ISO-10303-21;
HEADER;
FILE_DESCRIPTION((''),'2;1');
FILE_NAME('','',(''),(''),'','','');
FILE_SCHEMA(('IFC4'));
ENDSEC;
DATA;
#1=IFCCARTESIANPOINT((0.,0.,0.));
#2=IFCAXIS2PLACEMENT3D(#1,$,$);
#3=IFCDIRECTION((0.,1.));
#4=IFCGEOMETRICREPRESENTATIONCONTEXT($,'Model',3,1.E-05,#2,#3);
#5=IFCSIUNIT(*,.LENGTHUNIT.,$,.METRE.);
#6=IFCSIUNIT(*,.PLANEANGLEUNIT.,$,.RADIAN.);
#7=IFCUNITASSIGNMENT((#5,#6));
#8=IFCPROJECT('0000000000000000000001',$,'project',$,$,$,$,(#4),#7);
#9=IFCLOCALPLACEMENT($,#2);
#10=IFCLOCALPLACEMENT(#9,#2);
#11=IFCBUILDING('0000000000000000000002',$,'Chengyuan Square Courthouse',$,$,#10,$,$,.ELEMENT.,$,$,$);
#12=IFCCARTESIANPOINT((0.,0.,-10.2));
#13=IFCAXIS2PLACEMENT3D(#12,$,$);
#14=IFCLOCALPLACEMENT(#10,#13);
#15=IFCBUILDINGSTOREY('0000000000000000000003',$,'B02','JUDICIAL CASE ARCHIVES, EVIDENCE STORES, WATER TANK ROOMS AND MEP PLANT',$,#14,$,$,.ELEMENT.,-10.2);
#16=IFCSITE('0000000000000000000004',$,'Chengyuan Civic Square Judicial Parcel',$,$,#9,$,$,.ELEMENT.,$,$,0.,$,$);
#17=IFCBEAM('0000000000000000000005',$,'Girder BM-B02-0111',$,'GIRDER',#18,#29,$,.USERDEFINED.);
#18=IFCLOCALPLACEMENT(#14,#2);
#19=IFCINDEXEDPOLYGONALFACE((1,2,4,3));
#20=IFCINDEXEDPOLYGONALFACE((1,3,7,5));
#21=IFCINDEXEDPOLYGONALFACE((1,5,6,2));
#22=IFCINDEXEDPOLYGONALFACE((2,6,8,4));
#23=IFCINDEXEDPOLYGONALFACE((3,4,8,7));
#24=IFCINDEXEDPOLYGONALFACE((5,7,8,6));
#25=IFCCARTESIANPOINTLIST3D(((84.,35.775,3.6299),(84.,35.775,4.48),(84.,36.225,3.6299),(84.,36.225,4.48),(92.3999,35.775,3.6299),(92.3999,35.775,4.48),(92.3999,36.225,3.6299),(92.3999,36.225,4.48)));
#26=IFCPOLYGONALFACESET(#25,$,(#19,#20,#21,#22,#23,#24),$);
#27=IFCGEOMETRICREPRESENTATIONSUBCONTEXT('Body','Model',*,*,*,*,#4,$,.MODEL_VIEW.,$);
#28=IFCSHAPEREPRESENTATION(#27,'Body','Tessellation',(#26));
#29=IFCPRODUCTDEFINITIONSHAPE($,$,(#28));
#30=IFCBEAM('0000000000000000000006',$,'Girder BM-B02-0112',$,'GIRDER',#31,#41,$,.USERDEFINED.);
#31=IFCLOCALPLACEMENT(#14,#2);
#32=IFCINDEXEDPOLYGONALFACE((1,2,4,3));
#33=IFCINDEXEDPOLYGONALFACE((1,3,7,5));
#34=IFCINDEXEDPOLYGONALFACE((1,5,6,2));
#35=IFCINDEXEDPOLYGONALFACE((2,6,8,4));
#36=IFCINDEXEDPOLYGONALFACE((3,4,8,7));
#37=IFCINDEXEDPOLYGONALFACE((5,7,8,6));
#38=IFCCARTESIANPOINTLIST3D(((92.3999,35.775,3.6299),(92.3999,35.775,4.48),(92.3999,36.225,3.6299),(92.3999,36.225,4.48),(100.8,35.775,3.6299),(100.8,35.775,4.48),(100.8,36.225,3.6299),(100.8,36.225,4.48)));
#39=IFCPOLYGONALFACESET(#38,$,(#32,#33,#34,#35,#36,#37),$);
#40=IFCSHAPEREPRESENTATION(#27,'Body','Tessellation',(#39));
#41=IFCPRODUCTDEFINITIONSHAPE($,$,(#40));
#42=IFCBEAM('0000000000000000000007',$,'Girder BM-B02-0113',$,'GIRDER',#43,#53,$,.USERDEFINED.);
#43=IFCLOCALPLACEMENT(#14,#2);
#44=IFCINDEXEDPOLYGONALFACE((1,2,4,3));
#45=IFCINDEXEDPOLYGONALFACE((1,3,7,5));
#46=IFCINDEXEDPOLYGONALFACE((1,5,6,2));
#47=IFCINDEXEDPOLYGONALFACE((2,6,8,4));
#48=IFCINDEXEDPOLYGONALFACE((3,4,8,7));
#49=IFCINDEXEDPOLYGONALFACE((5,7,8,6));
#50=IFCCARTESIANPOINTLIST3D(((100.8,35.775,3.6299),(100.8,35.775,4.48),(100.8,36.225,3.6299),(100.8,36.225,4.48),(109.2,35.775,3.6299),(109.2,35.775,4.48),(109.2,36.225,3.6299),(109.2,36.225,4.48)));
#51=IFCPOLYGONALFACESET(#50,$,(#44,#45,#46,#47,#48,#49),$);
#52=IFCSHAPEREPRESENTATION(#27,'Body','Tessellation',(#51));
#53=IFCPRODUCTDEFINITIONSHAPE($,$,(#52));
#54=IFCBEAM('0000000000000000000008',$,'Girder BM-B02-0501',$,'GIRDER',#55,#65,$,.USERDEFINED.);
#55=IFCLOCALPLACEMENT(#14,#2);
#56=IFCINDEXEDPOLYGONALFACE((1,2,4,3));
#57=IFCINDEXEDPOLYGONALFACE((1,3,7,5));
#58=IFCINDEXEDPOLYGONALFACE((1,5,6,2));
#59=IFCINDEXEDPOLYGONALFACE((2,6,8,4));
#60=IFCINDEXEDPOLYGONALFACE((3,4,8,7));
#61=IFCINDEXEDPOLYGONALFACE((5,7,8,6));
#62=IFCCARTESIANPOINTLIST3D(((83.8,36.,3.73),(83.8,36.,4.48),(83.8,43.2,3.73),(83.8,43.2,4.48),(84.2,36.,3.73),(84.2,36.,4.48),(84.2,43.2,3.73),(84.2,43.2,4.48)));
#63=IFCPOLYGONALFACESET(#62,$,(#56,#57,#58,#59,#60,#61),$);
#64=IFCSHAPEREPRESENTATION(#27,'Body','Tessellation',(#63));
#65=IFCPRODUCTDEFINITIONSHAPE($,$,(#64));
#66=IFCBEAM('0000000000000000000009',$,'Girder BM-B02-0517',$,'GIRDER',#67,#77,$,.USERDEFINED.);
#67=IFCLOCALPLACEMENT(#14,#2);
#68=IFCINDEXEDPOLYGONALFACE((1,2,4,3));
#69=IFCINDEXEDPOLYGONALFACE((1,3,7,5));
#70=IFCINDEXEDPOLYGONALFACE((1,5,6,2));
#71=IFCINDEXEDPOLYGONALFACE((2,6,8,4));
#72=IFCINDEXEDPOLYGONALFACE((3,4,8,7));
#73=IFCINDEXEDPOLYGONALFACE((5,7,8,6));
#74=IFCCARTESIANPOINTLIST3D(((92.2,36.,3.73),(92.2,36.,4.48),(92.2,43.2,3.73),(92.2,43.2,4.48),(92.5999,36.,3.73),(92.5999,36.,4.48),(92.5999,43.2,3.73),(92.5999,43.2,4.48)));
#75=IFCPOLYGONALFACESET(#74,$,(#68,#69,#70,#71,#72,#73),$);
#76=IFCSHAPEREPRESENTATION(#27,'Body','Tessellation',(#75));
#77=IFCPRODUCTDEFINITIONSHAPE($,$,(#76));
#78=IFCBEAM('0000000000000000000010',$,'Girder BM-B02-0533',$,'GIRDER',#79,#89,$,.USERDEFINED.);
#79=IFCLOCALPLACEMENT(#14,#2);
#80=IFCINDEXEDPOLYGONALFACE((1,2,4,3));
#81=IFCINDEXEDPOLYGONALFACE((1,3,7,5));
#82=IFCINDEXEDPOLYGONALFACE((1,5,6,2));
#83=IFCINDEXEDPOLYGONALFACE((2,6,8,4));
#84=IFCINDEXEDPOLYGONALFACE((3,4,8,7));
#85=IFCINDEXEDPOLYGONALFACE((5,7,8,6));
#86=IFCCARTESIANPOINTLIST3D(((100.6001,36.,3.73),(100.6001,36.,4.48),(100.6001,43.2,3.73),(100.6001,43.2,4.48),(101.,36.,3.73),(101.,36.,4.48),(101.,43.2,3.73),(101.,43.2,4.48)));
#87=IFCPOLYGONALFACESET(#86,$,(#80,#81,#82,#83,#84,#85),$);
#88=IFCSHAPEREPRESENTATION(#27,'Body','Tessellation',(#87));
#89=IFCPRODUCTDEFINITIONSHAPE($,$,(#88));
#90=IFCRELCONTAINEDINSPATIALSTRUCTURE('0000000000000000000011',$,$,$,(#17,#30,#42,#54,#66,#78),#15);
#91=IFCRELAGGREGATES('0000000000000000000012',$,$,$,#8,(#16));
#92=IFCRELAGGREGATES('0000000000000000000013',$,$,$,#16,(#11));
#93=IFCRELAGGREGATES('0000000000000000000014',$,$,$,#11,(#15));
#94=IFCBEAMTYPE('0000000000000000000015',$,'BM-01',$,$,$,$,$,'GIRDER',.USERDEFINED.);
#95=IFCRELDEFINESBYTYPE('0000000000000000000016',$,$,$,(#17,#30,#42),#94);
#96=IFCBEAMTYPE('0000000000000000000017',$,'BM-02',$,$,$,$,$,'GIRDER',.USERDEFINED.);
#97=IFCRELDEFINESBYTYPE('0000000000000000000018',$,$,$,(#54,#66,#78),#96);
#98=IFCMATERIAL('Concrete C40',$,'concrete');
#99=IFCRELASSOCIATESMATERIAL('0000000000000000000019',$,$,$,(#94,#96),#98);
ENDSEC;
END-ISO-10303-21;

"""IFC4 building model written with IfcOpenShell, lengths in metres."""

from ifc_helpers import new_model, si_unit, direction, frame, origin, origin_2d, place, context, subcontext, project, spatial, rectangle, extrude, material, material_profile, profile_set, type_object, element, save


model = new_model("IFC4")

# Units and contexts
model_context = context("Model", 3, precision=1e-05, world=origin(), true_north=direction((0.0, 1.0)))
body_context = subcontext(model_context, "Body", "Model", "MODEL_VIEW")
ifc_project = project(units=[si_unit("LENGTHUNIT", "METRE"), si_unit("PLANEANGLEUNIT", "RADIAN")], contexts=[model_context])

# Site, building, storey
site_placement = place(None, origin())
site = spatial("IfcSite", under=ifc_project, at=site_placement, Name="Chengyuan Civic Square Judicial Parcel", CompositionType="ELEMENT", RefElevation=0.0)
building_placement = place(site_placement, origin())
building = spatial("IfcBuilding", under=site, at=building_placement, Name="Chengyuan Square Courthouse", CompositionType="ELEMENT")
storey_placement = place(building_placement, frame((0.0, 0.0, -10.2)))
storey = spatial("IfcBuildingStorey", under=building, at=storey_placement, Name="B02", Description="JUDICIAL CASE ARCHIVES, EVIDENCE STORES, WATER TANK ROOMS AND MEP PLANT", CompositionType="ELEMENT", Elevation=-10.2)

# Shared definitions
ifc_material_1 = material(Name="Concrete C40", Category="concrete")

# Beams
ifc_material_profile_1 = material_profile(ifc_material_1, rectangle(XDim=0.45, YDim=0.8501, at=origin_2d()), Name="RC-BM-450x850")
ifc_profile_set_1 = profile_set([ifc_material_profile_1], Name="Concrete C40")
beam_type_1 = type_object("IfcBeamType", Name="BM-01", ElementType="GIRDER", PredefinedType="USERDEFINED", material=ifc_profile_set_1)
beam_1_placement = place(storey_placement, frame((84.0, 36.0, 4.0549), z_axis=(1.0, 0.0, 0.0), x_axis=(0.0, 1.0, 0.0)))
element("IfcBeam", 1, at=beam_1_placement, inside=storey, type_object=beam_type_1, Name="Girder BM-B02-0111", ObjectType="GIRDER", PredefinedType="USERDEFINED", context=body_context, shape_type="SweptSolid", body=[
    extrude(rectangle(XDim=0.45, YDim=0.8501, at=origin_2d()), origin(), (0.0, 0.0, 1.0), 8.3999),
])
beam_2_placement = place(storey_placement, frame((92.3999, 36.0, 4.0549), z_axis=(1.0, 0.0, 0.0), x_axis=(0.0, 1.0, 0.0)))
element("IfcBeam", 2, at=beam_2_placement, inside=storey, type_object=beam_type_1, Name="Girder BM-B02-0112", ObjectType="GIRDER", PredefinedType="USERDEFINED", context=body_context, shape_type="SweptSolid", body=[
    extrude(rectangle(XDim=0.45, YDim=0.8501, at=origin_2d()), origin(), (0.0, 0.0, 1.0), 8.4001),
])
beam_3_placement = place(storey_placement, frame((100.8, 36.0, 4.0549), z_axis=(1.0, 0.0, 0.0), x_axis=(0.0, 1.0, 0.0)))
element("IfcBeam", 3, at=beam_3_placement, inside=storey, type_object=beam_type_1, Name="Girder BM-B02-0113", ObjectType="GIRDER", PredefinedType="USERDEFINED", context=body_context, shape_type="SweptSolid", body=[
    extrude(rectangle(XDim=0.45, YDim=0.8501, at=origin_2d()), origin(), (0.0, 0.0, 1.0), 8.3999),
])
ifc_material_profile_2 = material_profile(ifc_material_1, rectangle(XDim=0.3999, YDim=0.75, at=origin_2d()), Name="RC-BM-400x750")
ifc_profile_set_2 = profile_set([ifc_material_profile_2], Name="Concrete C40")
beam_type_2 = type_object("IfcBeamType", Name="BM-02", ElementType="GIRDER", PredefinedType="USERDEFINED", material=ifc_profile_set_2)
for number, where, z_axis, x_axis, name in (
    (4, (84.0, 36.0, 4.105), (0.0, 1.0, 0.0), (-1.0, 0.0, 0.0), "Girder BM-B02-0501"),
    (5, (92.3999, 36.0, 4.105), (0.0, 1.0, 0.0), (-1.0, 0.0, 0.0), "Girder BM-B02-0517"),
    (6, (100.8, 36.0, 4.105), (0.0, 1.0, 0.0), (-1.0, 0.0, 0.0), "Girder BM-B02-0533"),
):
    element("IfcBeam", number, at=place(storey_placement, frame(where, z_axis=z_axis, x_axis=x_axis)), inside=storey, type_object=beam_type_2, Name=name, ObjectType="GIRDER", PredefinedType="USERDEFINED", context=body_context, shape_type="SweptSolid", body=[
        extrude(rectangle(XDim=0.3999, YDim=0.75, at=origin_2d()), origin(), (0.0, 0.0, 1.0), 7.2),
    ])

save(model, "model.ifc")
